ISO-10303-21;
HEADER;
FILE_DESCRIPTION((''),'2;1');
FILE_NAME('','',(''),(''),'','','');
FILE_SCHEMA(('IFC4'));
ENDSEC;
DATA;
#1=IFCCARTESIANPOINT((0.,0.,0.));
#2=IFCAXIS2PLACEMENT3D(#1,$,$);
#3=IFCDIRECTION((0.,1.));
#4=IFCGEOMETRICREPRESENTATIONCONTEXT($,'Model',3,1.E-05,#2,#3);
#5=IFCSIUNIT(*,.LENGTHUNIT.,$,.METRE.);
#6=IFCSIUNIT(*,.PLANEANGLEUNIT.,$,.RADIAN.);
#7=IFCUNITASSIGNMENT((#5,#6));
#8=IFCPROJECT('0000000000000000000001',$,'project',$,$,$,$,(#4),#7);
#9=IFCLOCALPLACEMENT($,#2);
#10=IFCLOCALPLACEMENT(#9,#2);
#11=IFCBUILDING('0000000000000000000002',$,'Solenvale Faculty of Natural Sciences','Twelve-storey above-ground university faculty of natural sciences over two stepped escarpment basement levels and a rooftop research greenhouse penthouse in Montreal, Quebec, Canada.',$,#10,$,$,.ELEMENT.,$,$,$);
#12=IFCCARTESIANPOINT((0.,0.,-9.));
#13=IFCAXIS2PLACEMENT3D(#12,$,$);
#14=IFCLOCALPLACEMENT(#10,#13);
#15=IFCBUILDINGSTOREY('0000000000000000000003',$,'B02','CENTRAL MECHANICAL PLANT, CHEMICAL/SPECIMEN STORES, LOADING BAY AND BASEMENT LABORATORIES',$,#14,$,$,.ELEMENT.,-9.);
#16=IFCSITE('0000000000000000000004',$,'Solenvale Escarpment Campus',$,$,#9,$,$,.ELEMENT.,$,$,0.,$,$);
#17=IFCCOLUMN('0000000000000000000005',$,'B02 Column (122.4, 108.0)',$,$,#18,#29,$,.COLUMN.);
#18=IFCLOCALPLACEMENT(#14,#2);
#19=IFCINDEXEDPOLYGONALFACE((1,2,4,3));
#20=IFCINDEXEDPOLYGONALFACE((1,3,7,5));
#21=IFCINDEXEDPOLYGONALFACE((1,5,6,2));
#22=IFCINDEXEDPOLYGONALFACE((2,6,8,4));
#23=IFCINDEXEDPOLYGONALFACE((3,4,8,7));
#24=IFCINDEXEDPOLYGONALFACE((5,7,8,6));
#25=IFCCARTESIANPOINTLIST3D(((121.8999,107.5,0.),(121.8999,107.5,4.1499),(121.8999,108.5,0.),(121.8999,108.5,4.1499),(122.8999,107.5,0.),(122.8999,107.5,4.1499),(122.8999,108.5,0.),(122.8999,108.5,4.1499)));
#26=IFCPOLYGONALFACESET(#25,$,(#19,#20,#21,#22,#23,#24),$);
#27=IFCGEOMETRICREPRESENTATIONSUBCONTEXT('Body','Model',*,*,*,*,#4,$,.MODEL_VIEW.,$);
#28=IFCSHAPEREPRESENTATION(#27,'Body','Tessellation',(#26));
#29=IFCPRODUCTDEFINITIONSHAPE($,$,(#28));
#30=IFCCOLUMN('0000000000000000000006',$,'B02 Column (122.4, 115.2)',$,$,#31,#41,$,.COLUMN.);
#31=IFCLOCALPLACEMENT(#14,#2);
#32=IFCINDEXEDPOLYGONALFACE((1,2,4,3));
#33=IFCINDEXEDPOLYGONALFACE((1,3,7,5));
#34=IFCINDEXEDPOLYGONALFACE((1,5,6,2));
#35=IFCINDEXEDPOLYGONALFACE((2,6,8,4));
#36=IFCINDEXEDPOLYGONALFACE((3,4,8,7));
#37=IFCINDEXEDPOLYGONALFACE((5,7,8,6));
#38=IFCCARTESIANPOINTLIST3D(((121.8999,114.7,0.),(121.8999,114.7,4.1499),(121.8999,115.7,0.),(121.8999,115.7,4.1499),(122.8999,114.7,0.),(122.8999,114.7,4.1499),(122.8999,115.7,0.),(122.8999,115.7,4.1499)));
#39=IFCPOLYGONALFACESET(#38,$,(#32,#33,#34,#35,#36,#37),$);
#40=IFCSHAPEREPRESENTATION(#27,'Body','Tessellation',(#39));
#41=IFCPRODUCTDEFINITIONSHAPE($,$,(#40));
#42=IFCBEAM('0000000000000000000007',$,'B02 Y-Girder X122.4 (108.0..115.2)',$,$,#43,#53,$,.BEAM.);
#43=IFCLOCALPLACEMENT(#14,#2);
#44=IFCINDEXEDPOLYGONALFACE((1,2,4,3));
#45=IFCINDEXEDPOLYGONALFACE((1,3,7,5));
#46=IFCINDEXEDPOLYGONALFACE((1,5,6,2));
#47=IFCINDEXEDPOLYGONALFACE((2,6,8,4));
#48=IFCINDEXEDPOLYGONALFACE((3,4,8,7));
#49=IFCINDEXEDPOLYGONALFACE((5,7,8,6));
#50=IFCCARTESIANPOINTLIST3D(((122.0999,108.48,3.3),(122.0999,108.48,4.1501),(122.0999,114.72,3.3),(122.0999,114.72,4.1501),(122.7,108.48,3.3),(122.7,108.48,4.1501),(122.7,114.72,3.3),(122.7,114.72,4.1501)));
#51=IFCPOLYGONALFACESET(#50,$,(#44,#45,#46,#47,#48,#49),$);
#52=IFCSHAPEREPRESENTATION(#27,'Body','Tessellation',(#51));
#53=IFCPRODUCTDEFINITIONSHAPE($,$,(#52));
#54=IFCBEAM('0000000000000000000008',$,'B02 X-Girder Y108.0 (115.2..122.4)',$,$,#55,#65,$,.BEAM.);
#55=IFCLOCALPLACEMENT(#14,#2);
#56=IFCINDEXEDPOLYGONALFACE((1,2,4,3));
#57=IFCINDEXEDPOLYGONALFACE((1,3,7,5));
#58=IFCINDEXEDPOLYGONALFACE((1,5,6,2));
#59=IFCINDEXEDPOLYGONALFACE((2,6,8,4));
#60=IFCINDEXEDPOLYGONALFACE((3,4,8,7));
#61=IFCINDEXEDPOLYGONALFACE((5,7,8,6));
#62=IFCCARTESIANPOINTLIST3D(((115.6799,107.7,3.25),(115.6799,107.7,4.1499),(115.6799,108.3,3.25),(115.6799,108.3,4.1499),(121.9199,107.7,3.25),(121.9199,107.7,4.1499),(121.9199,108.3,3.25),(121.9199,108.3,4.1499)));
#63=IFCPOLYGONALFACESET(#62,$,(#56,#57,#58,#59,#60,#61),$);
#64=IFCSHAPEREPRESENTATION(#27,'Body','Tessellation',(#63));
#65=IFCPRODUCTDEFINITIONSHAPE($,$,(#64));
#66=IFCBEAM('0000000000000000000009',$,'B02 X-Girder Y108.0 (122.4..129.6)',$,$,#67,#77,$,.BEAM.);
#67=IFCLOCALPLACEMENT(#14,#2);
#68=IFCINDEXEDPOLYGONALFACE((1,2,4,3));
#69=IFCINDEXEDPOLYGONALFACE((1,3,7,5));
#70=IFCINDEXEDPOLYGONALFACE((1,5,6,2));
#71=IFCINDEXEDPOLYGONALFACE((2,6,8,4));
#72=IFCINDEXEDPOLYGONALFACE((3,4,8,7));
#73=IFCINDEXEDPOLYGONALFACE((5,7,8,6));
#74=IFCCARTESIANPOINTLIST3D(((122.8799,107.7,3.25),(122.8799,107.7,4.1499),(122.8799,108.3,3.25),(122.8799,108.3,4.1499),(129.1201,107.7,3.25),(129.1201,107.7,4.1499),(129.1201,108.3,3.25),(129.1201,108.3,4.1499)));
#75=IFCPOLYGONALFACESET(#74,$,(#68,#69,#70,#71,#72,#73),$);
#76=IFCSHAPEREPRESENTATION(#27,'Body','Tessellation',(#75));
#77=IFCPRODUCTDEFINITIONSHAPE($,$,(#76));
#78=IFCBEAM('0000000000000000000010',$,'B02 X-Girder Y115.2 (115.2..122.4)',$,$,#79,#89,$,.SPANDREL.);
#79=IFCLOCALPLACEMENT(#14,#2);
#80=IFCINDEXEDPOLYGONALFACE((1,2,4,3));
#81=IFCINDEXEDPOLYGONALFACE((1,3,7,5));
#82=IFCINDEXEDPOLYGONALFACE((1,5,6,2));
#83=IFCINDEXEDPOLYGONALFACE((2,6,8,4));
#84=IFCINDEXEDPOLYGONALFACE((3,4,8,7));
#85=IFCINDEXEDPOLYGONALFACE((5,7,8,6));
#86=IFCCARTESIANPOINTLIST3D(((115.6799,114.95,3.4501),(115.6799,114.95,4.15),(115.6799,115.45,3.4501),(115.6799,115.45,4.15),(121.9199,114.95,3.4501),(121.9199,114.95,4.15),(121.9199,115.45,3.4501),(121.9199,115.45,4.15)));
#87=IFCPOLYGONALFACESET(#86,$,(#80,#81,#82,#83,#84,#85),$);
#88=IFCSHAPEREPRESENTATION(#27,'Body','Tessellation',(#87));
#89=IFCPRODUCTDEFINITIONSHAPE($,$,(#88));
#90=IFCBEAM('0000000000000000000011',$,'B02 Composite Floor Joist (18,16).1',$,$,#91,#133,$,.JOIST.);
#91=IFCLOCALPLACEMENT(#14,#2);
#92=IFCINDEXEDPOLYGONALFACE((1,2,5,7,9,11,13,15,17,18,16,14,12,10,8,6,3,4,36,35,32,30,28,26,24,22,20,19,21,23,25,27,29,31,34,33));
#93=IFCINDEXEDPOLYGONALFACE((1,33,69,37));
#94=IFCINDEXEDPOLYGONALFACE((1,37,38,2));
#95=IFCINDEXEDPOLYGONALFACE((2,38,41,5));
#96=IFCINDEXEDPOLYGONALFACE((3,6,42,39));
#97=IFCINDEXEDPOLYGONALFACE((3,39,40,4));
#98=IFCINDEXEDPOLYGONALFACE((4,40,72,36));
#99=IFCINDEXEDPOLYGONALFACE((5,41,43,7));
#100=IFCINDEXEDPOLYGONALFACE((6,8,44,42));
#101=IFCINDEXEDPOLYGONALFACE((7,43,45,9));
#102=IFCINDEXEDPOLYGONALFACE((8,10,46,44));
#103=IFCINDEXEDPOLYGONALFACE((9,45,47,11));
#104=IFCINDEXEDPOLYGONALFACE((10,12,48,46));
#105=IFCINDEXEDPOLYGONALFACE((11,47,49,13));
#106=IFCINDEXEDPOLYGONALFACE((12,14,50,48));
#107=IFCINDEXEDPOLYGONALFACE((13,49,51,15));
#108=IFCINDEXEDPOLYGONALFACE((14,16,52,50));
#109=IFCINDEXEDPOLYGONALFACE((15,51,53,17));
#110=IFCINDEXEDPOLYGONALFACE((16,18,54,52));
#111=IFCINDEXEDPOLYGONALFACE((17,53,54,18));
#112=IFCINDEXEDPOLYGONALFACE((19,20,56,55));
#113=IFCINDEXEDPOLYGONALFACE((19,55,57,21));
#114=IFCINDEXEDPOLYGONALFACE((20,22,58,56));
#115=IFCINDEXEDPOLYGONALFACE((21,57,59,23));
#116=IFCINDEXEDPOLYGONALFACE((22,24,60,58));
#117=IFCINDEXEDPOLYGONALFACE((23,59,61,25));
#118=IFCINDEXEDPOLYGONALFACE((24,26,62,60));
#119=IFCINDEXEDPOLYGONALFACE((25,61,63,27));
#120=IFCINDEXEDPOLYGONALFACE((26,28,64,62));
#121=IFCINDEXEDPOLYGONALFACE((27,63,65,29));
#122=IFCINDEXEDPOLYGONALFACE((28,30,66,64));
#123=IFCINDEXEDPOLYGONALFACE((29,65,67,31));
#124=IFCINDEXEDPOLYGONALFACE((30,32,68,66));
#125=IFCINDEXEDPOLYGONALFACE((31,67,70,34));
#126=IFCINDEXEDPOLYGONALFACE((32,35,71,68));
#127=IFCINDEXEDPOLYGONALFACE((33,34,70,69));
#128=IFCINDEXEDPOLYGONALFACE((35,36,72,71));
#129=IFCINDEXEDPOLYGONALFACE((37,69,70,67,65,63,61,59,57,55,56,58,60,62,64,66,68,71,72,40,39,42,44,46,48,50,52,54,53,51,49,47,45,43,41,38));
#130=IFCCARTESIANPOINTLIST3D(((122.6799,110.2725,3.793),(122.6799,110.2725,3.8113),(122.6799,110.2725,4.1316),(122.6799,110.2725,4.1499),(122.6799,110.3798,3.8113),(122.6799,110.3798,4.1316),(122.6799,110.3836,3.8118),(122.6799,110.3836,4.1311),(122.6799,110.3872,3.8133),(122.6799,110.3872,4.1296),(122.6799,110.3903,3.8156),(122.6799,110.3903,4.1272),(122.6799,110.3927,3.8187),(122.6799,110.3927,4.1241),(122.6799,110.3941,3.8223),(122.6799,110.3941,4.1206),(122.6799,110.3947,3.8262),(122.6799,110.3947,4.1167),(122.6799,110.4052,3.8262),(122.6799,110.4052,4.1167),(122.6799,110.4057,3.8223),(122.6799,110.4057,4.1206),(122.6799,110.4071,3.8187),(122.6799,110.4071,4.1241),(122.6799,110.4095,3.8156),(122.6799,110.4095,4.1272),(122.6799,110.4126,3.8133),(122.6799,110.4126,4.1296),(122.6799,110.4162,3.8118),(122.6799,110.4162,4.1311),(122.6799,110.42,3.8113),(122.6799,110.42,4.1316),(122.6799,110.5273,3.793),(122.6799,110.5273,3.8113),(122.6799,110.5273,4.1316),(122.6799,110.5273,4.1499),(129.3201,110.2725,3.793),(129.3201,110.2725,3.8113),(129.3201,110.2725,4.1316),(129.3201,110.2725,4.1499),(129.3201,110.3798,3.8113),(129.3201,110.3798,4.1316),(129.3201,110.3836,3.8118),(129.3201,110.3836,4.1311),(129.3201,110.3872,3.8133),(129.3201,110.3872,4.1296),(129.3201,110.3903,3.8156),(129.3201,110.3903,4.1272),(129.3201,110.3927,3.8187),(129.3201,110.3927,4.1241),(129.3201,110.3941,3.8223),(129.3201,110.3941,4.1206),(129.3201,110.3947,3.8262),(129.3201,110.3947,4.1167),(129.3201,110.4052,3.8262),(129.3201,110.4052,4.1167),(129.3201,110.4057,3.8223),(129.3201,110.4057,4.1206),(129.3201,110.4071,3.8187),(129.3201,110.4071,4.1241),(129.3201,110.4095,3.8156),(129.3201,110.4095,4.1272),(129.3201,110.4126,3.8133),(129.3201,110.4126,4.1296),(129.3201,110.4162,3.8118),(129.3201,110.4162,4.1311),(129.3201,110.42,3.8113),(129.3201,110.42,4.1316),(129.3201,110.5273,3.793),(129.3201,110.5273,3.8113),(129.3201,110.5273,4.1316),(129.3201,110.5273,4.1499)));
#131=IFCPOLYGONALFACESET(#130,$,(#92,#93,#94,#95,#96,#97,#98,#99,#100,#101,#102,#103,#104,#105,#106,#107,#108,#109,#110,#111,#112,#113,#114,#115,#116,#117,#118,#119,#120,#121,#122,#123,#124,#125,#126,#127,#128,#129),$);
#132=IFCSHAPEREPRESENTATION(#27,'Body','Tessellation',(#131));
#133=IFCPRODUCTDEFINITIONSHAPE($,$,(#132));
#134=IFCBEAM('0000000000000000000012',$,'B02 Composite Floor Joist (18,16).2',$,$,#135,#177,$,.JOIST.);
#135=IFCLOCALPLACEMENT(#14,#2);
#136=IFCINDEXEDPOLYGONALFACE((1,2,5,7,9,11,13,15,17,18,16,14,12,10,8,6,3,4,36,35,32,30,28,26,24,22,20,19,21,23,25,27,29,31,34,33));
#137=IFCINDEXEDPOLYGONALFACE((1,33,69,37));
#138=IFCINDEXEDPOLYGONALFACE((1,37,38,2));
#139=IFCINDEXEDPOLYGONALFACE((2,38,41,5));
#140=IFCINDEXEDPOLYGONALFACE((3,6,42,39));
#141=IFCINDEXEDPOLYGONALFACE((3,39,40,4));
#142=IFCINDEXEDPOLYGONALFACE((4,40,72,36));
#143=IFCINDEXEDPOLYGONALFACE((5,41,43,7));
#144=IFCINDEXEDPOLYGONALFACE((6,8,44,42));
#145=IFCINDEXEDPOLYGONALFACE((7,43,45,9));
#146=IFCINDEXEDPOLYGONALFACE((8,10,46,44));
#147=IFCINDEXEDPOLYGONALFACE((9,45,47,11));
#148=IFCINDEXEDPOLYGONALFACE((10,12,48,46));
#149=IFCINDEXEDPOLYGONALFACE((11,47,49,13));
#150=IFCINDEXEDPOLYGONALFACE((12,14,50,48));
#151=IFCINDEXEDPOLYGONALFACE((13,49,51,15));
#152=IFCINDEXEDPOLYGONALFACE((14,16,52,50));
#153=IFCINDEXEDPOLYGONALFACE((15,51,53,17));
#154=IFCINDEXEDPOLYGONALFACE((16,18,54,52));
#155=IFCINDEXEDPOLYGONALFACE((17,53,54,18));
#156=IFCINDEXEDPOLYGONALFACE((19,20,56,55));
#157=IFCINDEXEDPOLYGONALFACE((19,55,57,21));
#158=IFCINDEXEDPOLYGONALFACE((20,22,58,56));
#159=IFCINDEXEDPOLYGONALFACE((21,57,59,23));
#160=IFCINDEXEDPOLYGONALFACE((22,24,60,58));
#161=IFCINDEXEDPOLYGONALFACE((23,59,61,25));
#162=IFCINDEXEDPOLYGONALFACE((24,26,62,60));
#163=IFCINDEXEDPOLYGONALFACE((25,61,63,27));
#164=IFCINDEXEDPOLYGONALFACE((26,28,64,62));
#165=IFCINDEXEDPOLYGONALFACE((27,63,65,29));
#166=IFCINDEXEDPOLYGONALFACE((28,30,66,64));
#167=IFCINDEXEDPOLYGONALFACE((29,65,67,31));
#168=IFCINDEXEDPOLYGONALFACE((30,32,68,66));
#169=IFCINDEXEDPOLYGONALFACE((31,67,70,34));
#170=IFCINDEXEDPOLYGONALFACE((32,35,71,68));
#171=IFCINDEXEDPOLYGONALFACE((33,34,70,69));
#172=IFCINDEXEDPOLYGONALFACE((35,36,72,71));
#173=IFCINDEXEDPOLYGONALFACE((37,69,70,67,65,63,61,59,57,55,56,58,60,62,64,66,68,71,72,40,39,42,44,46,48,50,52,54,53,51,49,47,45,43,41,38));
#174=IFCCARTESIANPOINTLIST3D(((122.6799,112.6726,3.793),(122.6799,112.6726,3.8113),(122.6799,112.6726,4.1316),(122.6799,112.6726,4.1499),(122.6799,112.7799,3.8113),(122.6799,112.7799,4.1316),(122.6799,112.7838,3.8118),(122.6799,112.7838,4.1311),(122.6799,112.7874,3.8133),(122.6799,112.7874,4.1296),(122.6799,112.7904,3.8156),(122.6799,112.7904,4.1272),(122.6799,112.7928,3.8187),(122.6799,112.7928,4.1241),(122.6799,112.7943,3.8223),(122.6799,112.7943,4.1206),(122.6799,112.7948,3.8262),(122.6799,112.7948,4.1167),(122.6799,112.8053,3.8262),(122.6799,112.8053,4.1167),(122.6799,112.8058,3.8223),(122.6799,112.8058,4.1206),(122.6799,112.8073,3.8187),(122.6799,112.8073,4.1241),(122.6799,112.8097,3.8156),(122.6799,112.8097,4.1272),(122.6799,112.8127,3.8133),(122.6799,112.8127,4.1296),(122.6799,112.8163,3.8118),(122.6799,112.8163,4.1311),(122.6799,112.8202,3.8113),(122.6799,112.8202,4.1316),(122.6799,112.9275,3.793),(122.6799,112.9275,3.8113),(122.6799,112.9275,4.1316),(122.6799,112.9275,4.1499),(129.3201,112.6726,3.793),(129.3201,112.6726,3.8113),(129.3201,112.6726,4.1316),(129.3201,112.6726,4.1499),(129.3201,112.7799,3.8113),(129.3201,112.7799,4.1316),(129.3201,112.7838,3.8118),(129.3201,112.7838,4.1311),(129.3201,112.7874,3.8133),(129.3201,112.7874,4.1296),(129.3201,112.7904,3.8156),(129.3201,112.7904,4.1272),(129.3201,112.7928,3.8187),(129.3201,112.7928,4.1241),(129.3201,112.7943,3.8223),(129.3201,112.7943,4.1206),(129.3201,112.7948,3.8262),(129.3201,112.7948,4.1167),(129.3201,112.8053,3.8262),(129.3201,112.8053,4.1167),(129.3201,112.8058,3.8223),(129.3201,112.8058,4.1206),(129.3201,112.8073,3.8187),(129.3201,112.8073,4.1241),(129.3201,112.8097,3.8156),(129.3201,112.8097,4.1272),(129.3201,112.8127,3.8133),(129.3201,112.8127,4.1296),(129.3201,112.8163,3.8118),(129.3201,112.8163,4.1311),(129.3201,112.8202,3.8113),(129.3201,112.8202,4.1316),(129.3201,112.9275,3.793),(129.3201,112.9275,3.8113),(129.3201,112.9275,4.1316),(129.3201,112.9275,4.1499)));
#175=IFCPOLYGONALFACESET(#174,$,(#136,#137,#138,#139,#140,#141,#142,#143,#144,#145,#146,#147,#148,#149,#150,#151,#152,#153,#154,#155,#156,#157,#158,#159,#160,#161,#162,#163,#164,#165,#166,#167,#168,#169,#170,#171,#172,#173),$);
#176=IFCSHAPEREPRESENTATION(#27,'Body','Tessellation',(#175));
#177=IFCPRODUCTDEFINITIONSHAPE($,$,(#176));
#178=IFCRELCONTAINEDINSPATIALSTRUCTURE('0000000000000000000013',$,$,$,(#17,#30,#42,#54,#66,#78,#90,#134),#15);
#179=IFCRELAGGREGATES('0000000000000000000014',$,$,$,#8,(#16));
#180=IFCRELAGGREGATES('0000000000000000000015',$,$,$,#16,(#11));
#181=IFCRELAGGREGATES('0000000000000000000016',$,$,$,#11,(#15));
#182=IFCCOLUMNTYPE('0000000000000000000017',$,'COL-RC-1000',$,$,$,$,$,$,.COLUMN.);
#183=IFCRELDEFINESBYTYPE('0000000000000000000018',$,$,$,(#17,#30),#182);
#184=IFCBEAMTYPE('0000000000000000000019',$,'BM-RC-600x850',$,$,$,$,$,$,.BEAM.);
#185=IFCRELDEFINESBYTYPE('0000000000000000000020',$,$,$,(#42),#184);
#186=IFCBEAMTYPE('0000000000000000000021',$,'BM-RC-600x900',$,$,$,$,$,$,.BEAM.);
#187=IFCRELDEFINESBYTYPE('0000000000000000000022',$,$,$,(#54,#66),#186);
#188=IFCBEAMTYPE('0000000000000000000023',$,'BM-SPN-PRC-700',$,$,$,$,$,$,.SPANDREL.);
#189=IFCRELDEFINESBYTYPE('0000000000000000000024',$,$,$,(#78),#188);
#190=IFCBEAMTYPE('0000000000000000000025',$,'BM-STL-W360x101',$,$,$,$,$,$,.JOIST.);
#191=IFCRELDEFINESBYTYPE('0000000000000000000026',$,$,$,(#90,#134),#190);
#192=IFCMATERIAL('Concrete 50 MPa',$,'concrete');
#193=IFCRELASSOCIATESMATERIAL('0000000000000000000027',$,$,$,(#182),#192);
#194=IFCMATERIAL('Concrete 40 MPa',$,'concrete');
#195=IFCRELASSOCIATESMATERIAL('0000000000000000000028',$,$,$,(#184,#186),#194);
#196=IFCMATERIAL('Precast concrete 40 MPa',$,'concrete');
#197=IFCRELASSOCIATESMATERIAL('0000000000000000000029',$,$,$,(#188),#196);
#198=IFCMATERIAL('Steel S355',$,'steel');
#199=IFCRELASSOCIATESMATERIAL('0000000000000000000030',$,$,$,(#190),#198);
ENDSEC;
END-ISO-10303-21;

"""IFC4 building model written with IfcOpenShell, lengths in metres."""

from ifc_helpers import new_model, si_unit, direction, frame, origin, origin_2d, place, context, subcontext, project, spatial, rectangle, i_section, extrude, material, material_profile, profile_set, type_object, element, save


model = new_model("IFC4")

# Units and contexts
model_context = context("Model", 3, precision=1e-05, world=origin(), true_north=direction((0.0, 1.0)))
body_context = subcontext(model_context, "Body", "Model", "MODEL_VIEW")
ifc_project = project(units=[si_unit("LENGTHUNIT", "METRE"), si_unit("PLANEANGLEUNIT", "RADIAN")], contexts=[model_context])

# Site, building, storey
site_placement = place(None, origin())
site = spatial("IfcSite", under=ifc_project, at=site_placement, Name="Solenvale Escarpment Campus", CompositionType="ELEMENT", RefElevation=0.0)
building_placement = place(site_placement, origin())
building = spatial("IfcBuilding", under=site, at=building_placement, Name="Solenvale Faculty of Natural Sciences", Description="Twelve-storey above-ground university faculty of natural sciences over two stepped escarpment basement levels and a rooftop research greenhouse penthouse in Montreal, Quebec, Canada.", CompositionType="ELEMENT")
storey_placement = place(building_placement, frame((0.0, 0.0, -9.0)))
storey = spatial("IfcBuildingStorey", under=building, at=storey_placement, Name="B02", Description="CENTRAL MECHANICAL PLANT, CHEMICAL/SPECIMEN STORES, LOADING BAY AND BASEMENT LABORATORIES", CompositionType="ELEMENT", Elevation=-9.0)

# Shared definitions
ifc_material_1 = material(Name="Concrete 40 MPa", Category="concrete")

# Columns
ifc_material_2 = material(Name="Concrete 50 MPa", Category="concrete")
ifc_material_profile_1 = material_profile(ifc_material_2, rectangle(XDim=1.0, YDim=1.0, at=origin_2d()), Name="RC-COL-1000x1000")
ifc_profile_set_1 = profile_set([ifc_material_profile_1], Name="Concrete 50 MPa")
column_type = type_object("IfcColumnType", Name="COL-RC-1000", PredefinedType="COLUMN", material=ifc_profile_set_1)
for number, where, z_axis, x_axis, name in (
    (1, (122.3999, 108.0, 0.0), (0.0, 0.0, 1.0), (1.0, 0.0, 0.0), "B02 Column (122.4, 108.0)"),
    (2, (122.3999, 115.2, 0.0), (0.0, 0.0, 1.0), (1.0, 0.0, 0.0), "B02 Column (122.4, 115.2)"),
):
    element("IfcColumn", number, at=place(storey_placement, frame(where, z_axis=z_axis, x_axis=x_axis)), inside=storey, type_object=column_type, Name=name, PredefinedType="COLUMN", context=body_context, shape_type="SweptSolid", body=[
        extrude(rectangle(XDim=1.0, YDim=1.0, at=origin_2d()), origin(), (0.0, 0.0, 1.0), 4.1499),
    ])

# Beams
ifc_material_profile_2 = material_profile(ifc_material_1, rectangle(XDim=0.6001, YDim=0.8501, at=origin_2d()), Name="RC-BM-600x850")
ifc_profile_set_2 = profile_set([ifc_material_profile_2], Name="Concrete 40 MPa")
beam_type_1 = type_object("IfcBeamType", Name="BM-RC-600x850", PredefinedType="BEAM", material=ifc_profile_set_2)
beam_1_placement = place(storey_placement, frame((122.3999, 108.48, 3.7251), z_axis=(0.0, 1.0, 0.0), x_axis=(-1.0, 0.0, 0.0)))
element("IfcBeam", 3, at=beam_1_placement, inside=storey, type_object=beam_type_1, Name="B02 Y-Girder X122.4 (108.0..115.2)", PredefinedType="BEAM", context=body_context, shape_type="SweptSolid", body=[
    extrude(rectangle(XDim=0.6001, YDim=0.8501, at=origin_2d()), origin(), (0.0, 0.0, 1.0), 6.24),
])
ifc_material_profile_3 = material_profile(ifc_material_1, rectangle(XDim=0.6001, YDim=0.8999, at=origin_2d()), Name="RC-BM-600x900")
ifc_profile_set_3 = profile_set([ifc_material_profile_3], Name="Concrete 40 MPa")
beam_type_2 = type_object("IfcBeamType", Name="BM-RC-600x900", PredefinedType="BEAM", material=ifc_profile_set_3)
beam_2_placement = place(storey_placement, frame((115.6799, 108.0, 3.7), z_axis=(1.0, 0.0, 0.0), x_axis=(0.0, 1.0, 0.0)))
element("IfcBeam", 4, at=beam_2_placement, inside=storey, type_object=beam_type_2, Name="B02 X-Girder Y108.0 (115.2..122.4)", PredefinedType="BEAM", context=body_context, shape_type="SweptSolid", body=[
    extrude(rectangle(XDim=0.6001, YDim=0.8999, at=origin_2d()), origin(), (0.0, 0.0, 1.0), 6.24),
])
beam_3_placement = place(storey_placement, frame((122.8799, 108.0, 3.7), z_axis=(1.0, 0.0, 0.0), x_axis=(0.0, 1.0, 0.0)))
element("IfcBeam", 5, at=beam_3_placement, inside=storey, type_object=beam_type_2, Name="B02 X-Girder Y108.0 (122.4..129.6)", PredefinedType="BEAM", context=body_context, shape_type="SweptSolid", body=[
    extrude(rectangle(XDim=0.6001, YDim=0.8999, at=origin_2d()), origin(), (0.0, 0.0, 1.0), 6.2402),
])
ifc_material_3 = material(Name="Precast concrete 40 MPa", Category="concrete")
ifc_material_profile_4 = material_profile(ifc_material_3, rectangle(XDim=0.5, YDim=0.7, at=origin_2d()), Name="RC-BM-500x700")
ifc_profile_set_4 = profile_set([ifc_material_profile_4], Name="Precast concrete 40 MPa")
beam_type_3 = type_object("IfcBeamType", Name="BM-SPN-PRC-700", PredefinedType="SPANDREL", material=ifc_profile_set_4)
beam_4_placement = place(storey_placement, frame((115.6799, 115.2, 3.8), z_axis=(1.0, 0.0, 0.0), x_axis=(0.0, 1.0, 0.0)))
element("IfcBeam", 6, at=beam_4_placement, inside=storey, type_object=beam_type_3, Name="B02 X-Girder Y115.2 (115.2..122.4)", PredefinedType="SPANDREL", context=body_context, shape_type="SweptSolid", body=[
    extrude(rectangle(XDim=0.5, YDim=0.7, at=origin_2d()), origin(), (0.0, 0.0, 1.0), 6.24),
])
ifc_material_4 = material(Name="Steel S355", Category="steel")
ifc_material_profile_5 = material_profile(ifc_material_4, i_section(OverallWidth=0.2549, OverallDepth=0.3569, WebThickness=0.0105, FlangeThickness=0.0183, FilletRadius=0.0149, at=origin_2d()), Name="W360x101")
ifc_profile_set_5 = profile_set([ifc_material_profile_5], Name="Steel S355")
beam_type_4 = type_object("IfcBeamType", Name="BM-STL-W360x101", PredefinedType="JOIST", material=ifc_profile_set_5)
for number, where, z_axis, x_axis, name in (
    (7, (122.6799, 110.3999, 3.9714), (1.0, 0.0, 0.0), (0.0, 1.0, 0.0), "B02 Composite Floor Joist (18,16).1"),
    (8, (122.6799, 112.8, 3.9714), (1.0, 0.0, 0.0), (0.0, 1.0, 0.0), "B02 Composite Floor Joist (18,16).2"),
):
    element("IfcBeam", number, at=place(storey_placement, frame(where, z_axis=z_axis, x_axis=x_axis)), inside=storey, type_object=beam_type_4, Name=name, PredefinedType="JOIST", context=body_context, shape_type="SweptSolid", body=[
        extrude(i_section(OverallWidth=0.2549, OverallDepth=0.3569, WebThickness=0.0105, FlangeThickness=0.0183, FilletRadius=0.0149, at=origin_2d()), origin(), (0.0, 0.0, 1.0), 6.6401),
    ])

save(model, "model.ifc")
